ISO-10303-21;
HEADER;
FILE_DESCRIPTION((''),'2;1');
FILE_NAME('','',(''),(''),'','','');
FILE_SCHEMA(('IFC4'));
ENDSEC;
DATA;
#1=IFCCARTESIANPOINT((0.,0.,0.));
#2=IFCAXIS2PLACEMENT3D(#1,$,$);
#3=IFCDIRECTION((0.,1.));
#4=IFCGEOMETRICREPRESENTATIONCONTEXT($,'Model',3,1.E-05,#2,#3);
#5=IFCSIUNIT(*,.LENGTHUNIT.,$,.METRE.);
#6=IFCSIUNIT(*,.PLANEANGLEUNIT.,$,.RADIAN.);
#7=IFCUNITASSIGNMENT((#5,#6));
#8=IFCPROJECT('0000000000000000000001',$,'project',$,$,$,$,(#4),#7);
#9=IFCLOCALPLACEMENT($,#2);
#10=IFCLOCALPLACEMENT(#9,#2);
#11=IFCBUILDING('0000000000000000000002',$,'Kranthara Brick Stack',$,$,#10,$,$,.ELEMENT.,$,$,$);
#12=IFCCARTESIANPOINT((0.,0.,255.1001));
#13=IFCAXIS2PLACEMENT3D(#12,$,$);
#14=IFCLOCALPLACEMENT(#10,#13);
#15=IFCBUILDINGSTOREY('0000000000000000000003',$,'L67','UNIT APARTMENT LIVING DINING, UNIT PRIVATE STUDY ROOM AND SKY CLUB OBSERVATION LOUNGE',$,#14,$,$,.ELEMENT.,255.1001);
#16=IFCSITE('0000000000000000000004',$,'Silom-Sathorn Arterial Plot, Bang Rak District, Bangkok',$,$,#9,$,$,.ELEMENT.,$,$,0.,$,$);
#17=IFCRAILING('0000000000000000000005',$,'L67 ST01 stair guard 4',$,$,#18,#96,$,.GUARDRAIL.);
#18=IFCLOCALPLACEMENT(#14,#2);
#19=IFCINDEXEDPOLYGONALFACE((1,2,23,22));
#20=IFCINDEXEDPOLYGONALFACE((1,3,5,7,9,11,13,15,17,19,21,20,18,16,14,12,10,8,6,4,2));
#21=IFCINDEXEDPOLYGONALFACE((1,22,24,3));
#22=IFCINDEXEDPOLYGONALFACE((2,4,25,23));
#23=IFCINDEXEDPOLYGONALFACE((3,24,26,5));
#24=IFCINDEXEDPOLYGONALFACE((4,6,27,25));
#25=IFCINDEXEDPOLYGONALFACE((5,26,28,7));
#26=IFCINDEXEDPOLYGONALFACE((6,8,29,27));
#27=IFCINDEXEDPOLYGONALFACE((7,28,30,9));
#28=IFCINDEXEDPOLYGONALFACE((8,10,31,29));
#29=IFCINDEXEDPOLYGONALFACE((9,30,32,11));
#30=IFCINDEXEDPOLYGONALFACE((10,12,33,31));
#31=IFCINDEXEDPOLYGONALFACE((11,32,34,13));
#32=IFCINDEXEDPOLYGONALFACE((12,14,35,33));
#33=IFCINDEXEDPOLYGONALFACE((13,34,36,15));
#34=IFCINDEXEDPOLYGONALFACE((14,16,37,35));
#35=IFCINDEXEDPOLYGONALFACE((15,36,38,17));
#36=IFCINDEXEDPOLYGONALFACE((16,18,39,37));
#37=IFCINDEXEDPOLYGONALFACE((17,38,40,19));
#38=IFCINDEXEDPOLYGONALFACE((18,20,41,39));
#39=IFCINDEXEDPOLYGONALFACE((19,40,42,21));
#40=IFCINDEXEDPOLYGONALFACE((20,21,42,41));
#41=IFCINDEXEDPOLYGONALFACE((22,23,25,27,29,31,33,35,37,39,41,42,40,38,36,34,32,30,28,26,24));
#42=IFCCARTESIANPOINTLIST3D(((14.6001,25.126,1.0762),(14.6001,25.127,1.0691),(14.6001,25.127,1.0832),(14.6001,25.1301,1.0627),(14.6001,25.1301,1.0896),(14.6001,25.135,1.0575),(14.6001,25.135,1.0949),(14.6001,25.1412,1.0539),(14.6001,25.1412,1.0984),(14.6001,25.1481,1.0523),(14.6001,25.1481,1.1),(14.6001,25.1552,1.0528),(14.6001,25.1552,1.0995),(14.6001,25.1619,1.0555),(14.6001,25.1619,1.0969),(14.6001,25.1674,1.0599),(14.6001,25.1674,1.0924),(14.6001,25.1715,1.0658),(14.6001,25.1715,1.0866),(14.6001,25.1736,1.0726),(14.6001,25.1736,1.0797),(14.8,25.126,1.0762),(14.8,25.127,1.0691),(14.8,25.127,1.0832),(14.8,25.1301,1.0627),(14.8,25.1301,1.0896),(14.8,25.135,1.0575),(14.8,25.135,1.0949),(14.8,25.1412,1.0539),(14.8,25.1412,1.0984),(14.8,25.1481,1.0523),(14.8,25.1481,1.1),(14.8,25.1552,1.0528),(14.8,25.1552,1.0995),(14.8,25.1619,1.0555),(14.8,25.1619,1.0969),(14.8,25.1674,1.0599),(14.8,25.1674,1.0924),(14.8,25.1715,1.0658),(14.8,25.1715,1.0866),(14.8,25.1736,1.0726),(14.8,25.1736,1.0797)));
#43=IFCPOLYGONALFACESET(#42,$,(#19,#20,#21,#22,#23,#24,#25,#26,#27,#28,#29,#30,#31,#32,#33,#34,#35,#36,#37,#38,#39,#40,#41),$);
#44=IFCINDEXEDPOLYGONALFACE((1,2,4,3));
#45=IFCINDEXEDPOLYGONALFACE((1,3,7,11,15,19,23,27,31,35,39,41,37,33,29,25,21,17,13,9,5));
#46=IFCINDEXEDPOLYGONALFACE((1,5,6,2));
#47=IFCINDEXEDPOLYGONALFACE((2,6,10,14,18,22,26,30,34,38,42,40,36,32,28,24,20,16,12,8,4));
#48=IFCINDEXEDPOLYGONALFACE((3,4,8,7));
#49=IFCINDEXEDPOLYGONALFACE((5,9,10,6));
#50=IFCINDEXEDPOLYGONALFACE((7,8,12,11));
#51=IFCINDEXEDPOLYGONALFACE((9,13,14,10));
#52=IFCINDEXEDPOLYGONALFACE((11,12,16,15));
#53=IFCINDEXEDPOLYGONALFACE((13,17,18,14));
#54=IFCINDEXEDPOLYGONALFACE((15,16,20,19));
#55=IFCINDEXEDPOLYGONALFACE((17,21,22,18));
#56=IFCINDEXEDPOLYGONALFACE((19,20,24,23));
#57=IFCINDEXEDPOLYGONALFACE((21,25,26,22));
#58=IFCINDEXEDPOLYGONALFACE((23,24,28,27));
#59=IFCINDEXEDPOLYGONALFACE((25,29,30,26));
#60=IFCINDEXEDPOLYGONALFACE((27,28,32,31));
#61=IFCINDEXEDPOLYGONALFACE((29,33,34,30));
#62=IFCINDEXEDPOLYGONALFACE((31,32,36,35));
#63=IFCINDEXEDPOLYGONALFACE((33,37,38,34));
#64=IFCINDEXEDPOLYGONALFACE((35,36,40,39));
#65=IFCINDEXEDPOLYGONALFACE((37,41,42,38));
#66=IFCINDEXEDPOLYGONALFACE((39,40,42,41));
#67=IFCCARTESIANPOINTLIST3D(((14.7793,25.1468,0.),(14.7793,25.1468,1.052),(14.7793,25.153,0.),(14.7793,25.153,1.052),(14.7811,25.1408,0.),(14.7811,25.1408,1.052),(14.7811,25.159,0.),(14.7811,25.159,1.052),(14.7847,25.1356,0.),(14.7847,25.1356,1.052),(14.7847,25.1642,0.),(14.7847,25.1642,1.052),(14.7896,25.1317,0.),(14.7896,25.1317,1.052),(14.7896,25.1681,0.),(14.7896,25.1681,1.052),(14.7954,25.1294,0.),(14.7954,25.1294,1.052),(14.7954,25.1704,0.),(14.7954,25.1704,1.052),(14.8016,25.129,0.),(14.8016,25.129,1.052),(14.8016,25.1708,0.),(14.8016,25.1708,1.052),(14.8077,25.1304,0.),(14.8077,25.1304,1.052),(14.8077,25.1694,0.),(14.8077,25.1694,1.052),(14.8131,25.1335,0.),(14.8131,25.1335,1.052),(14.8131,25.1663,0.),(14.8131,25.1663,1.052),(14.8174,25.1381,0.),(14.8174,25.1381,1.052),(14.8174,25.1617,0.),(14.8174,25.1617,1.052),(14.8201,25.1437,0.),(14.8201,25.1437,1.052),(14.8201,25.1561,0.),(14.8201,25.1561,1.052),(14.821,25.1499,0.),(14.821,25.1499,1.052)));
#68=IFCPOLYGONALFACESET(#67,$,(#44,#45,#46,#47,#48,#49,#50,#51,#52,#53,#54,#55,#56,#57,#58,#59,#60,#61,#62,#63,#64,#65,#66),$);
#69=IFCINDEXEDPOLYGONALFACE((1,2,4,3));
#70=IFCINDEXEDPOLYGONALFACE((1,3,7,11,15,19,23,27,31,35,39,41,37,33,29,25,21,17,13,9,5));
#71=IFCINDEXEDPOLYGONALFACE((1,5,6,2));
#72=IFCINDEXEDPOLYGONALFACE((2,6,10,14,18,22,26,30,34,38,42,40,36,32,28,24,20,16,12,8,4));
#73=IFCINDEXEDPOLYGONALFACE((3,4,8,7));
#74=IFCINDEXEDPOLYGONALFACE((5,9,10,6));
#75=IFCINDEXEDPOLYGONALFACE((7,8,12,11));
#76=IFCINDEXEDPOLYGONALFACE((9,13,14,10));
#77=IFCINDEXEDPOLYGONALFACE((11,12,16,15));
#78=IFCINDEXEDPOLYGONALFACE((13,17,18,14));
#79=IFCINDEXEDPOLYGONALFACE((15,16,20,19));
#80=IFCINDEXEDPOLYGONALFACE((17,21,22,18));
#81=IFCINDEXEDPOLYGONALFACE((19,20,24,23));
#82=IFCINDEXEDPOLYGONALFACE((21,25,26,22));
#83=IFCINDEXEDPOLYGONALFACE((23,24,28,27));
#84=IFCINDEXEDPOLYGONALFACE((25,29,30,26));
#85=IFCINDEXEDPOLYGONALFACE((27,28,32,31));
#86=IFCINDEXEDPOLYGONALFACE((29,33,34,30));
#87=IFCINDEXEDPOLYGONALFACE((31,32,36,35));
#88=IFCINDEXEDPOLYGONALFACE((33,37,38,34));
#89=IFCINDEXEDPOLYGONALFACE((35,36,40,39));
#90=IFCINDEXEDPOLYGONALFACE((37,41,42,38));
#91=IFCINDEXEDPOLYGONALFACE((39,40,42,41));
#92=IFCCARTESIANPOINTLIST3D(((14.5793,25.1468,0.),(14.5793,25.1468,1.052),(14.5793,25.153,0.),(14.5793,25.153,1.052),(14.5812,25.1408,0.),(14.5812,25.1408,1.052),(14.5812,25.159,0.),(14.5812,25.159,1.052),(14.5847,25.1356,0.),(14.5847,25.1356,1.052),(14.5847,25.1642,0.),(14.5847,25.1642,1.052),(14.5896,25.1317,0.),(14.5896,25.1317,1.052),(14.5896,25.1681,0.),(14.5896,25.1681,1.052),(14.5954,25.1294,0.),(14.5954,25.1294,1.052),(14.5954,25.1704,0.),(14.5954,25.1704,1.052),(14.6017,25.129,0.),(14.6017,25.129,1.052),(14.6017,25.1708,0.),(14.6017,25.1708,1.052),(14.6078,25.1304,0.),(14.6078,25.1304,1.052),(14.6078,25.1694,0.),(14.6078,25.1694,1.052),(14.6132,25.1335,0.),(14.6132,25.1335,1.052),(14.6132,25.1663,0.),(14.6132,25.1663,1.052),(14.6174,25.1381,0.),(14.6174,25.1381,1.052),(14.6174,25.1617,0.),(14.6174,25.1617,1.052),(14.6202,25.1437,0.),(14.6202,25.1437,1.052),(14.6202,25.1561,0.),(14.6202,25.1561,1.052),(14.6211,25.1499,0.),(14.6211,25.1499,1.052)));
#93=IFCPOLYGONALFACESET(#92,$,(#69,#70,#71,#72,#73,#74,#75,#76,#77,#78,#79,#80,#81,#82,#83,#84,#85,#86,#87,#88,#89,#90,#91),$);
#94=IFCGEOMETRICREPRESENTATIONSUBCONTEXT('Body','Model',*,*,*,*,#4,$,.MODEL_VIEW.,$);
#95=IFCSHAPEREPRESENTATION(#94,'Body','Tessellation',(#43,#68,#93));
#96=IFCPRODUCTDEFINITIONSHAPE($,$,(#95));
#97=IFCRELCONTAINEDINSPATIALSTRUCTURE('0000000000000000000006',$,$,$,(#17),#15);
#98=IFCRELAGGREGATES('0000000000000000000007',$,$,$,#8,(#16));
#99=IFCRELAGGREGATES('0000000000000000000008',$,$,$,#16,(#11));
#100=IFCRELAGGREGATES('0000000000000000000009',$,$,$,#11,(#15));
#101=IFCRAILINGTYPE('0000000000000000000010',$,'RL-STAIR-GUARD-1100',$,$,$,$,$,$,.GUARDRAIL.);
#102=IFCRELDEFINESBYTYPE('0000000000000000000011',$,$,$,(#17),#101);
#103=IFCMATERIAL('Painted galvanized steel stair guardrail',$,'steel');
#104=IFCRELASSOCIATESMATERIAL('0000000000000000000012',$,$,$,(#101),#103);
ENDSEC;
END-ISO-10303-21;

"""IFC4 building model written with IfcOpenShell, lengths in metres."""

from ifc_helpers import new_model, si_unit, direction, frame, origin, origin_2d, place, context, subcontext, project, spatial, circle, extrude, material, type_object, element, save


model = new_model("IFC4")

# Units and contexts
model_context = context("Model", 3, precision=1e-05, world=origin(), true_north=direction((0.0, 1.0)))
body_context = subcontext(model_context, "Body", "Model", "MODEL_VIEW")
ifc_project = project(units=[si_unit("LENGTHUNIT", "METRE"), si_unit("PLANEANGLEUNIT", "RADIAN")], contexts=[model_context])

# Site, building, storey
site_placement = place(None, origin())
site = spatial("IfcSite", under=ifc_project, at=site_placement, Name="Silom-Sathorn Arterial Plot, Bang Rak District, Bangkok", CompositionType="ELEMENT", RefElevation=0.0)
building_placement = place(site_placement, origin())
building = spatial("IfcBuilding", under=site, at=building_placement, Name="Kranthara Brick Stack", CompositionType="ELEMENT")
storey_placement = place(building_placement, frame((0.0, 0.0, 255.1001)))
storey = spatial("IfcBuildingStorey", under=building, at=storey_placement, Name="L67", Description="UNIT APARTMENT LIVING DINING, UNIT PRIVATE STUDY ROOM AND SKY CLUB OBSERVATION LOUNGE", CompositionType="ELEMENT", Elevation=255.1001)

# Railing
ifc_material_1 = material(Name="Painted galvanized steel stair guardrail", Category="steel")
railing_type_1 = type_object("IfcRailingType", Name="RL-STAIR-GUARD-1100", PredefinedType="GUARDRAIL", material=ifc_material_1)
railing_1_placement = place(storey_placement, frame((14.8, 25.1499, 0.0)))
element("IfcRailing", 1, at=railing_1_placement, inside=storey, type_object=railing_type_1, Name="L67 ST01 stair guard 4", PredefinedType="GUARDRAIL", context=body_context, shape_type="SweptSolid", body=[
    extrude(circle(Radius=0.0239, at=origin_2d()), frame((0.0, 0.0, 1.0762), z_axis=(-1.0, 0.0, 0.0), x_axis=(0.0, -1.0, 0.0)), (0.0, 0.0, 1.0), 0.2),
    extrude(circle(Radius=0.021, at=origin_2d()), origin(), (0.0, 0.0, 1.0), 1.052),
    extrude(circle(Radius=0.021, at=origin_2d()), frame((-0.2, 0.0, 0.0)), (0.0, 0.0, 1.0), 1.052),
])

save(model, "model.ifc")
